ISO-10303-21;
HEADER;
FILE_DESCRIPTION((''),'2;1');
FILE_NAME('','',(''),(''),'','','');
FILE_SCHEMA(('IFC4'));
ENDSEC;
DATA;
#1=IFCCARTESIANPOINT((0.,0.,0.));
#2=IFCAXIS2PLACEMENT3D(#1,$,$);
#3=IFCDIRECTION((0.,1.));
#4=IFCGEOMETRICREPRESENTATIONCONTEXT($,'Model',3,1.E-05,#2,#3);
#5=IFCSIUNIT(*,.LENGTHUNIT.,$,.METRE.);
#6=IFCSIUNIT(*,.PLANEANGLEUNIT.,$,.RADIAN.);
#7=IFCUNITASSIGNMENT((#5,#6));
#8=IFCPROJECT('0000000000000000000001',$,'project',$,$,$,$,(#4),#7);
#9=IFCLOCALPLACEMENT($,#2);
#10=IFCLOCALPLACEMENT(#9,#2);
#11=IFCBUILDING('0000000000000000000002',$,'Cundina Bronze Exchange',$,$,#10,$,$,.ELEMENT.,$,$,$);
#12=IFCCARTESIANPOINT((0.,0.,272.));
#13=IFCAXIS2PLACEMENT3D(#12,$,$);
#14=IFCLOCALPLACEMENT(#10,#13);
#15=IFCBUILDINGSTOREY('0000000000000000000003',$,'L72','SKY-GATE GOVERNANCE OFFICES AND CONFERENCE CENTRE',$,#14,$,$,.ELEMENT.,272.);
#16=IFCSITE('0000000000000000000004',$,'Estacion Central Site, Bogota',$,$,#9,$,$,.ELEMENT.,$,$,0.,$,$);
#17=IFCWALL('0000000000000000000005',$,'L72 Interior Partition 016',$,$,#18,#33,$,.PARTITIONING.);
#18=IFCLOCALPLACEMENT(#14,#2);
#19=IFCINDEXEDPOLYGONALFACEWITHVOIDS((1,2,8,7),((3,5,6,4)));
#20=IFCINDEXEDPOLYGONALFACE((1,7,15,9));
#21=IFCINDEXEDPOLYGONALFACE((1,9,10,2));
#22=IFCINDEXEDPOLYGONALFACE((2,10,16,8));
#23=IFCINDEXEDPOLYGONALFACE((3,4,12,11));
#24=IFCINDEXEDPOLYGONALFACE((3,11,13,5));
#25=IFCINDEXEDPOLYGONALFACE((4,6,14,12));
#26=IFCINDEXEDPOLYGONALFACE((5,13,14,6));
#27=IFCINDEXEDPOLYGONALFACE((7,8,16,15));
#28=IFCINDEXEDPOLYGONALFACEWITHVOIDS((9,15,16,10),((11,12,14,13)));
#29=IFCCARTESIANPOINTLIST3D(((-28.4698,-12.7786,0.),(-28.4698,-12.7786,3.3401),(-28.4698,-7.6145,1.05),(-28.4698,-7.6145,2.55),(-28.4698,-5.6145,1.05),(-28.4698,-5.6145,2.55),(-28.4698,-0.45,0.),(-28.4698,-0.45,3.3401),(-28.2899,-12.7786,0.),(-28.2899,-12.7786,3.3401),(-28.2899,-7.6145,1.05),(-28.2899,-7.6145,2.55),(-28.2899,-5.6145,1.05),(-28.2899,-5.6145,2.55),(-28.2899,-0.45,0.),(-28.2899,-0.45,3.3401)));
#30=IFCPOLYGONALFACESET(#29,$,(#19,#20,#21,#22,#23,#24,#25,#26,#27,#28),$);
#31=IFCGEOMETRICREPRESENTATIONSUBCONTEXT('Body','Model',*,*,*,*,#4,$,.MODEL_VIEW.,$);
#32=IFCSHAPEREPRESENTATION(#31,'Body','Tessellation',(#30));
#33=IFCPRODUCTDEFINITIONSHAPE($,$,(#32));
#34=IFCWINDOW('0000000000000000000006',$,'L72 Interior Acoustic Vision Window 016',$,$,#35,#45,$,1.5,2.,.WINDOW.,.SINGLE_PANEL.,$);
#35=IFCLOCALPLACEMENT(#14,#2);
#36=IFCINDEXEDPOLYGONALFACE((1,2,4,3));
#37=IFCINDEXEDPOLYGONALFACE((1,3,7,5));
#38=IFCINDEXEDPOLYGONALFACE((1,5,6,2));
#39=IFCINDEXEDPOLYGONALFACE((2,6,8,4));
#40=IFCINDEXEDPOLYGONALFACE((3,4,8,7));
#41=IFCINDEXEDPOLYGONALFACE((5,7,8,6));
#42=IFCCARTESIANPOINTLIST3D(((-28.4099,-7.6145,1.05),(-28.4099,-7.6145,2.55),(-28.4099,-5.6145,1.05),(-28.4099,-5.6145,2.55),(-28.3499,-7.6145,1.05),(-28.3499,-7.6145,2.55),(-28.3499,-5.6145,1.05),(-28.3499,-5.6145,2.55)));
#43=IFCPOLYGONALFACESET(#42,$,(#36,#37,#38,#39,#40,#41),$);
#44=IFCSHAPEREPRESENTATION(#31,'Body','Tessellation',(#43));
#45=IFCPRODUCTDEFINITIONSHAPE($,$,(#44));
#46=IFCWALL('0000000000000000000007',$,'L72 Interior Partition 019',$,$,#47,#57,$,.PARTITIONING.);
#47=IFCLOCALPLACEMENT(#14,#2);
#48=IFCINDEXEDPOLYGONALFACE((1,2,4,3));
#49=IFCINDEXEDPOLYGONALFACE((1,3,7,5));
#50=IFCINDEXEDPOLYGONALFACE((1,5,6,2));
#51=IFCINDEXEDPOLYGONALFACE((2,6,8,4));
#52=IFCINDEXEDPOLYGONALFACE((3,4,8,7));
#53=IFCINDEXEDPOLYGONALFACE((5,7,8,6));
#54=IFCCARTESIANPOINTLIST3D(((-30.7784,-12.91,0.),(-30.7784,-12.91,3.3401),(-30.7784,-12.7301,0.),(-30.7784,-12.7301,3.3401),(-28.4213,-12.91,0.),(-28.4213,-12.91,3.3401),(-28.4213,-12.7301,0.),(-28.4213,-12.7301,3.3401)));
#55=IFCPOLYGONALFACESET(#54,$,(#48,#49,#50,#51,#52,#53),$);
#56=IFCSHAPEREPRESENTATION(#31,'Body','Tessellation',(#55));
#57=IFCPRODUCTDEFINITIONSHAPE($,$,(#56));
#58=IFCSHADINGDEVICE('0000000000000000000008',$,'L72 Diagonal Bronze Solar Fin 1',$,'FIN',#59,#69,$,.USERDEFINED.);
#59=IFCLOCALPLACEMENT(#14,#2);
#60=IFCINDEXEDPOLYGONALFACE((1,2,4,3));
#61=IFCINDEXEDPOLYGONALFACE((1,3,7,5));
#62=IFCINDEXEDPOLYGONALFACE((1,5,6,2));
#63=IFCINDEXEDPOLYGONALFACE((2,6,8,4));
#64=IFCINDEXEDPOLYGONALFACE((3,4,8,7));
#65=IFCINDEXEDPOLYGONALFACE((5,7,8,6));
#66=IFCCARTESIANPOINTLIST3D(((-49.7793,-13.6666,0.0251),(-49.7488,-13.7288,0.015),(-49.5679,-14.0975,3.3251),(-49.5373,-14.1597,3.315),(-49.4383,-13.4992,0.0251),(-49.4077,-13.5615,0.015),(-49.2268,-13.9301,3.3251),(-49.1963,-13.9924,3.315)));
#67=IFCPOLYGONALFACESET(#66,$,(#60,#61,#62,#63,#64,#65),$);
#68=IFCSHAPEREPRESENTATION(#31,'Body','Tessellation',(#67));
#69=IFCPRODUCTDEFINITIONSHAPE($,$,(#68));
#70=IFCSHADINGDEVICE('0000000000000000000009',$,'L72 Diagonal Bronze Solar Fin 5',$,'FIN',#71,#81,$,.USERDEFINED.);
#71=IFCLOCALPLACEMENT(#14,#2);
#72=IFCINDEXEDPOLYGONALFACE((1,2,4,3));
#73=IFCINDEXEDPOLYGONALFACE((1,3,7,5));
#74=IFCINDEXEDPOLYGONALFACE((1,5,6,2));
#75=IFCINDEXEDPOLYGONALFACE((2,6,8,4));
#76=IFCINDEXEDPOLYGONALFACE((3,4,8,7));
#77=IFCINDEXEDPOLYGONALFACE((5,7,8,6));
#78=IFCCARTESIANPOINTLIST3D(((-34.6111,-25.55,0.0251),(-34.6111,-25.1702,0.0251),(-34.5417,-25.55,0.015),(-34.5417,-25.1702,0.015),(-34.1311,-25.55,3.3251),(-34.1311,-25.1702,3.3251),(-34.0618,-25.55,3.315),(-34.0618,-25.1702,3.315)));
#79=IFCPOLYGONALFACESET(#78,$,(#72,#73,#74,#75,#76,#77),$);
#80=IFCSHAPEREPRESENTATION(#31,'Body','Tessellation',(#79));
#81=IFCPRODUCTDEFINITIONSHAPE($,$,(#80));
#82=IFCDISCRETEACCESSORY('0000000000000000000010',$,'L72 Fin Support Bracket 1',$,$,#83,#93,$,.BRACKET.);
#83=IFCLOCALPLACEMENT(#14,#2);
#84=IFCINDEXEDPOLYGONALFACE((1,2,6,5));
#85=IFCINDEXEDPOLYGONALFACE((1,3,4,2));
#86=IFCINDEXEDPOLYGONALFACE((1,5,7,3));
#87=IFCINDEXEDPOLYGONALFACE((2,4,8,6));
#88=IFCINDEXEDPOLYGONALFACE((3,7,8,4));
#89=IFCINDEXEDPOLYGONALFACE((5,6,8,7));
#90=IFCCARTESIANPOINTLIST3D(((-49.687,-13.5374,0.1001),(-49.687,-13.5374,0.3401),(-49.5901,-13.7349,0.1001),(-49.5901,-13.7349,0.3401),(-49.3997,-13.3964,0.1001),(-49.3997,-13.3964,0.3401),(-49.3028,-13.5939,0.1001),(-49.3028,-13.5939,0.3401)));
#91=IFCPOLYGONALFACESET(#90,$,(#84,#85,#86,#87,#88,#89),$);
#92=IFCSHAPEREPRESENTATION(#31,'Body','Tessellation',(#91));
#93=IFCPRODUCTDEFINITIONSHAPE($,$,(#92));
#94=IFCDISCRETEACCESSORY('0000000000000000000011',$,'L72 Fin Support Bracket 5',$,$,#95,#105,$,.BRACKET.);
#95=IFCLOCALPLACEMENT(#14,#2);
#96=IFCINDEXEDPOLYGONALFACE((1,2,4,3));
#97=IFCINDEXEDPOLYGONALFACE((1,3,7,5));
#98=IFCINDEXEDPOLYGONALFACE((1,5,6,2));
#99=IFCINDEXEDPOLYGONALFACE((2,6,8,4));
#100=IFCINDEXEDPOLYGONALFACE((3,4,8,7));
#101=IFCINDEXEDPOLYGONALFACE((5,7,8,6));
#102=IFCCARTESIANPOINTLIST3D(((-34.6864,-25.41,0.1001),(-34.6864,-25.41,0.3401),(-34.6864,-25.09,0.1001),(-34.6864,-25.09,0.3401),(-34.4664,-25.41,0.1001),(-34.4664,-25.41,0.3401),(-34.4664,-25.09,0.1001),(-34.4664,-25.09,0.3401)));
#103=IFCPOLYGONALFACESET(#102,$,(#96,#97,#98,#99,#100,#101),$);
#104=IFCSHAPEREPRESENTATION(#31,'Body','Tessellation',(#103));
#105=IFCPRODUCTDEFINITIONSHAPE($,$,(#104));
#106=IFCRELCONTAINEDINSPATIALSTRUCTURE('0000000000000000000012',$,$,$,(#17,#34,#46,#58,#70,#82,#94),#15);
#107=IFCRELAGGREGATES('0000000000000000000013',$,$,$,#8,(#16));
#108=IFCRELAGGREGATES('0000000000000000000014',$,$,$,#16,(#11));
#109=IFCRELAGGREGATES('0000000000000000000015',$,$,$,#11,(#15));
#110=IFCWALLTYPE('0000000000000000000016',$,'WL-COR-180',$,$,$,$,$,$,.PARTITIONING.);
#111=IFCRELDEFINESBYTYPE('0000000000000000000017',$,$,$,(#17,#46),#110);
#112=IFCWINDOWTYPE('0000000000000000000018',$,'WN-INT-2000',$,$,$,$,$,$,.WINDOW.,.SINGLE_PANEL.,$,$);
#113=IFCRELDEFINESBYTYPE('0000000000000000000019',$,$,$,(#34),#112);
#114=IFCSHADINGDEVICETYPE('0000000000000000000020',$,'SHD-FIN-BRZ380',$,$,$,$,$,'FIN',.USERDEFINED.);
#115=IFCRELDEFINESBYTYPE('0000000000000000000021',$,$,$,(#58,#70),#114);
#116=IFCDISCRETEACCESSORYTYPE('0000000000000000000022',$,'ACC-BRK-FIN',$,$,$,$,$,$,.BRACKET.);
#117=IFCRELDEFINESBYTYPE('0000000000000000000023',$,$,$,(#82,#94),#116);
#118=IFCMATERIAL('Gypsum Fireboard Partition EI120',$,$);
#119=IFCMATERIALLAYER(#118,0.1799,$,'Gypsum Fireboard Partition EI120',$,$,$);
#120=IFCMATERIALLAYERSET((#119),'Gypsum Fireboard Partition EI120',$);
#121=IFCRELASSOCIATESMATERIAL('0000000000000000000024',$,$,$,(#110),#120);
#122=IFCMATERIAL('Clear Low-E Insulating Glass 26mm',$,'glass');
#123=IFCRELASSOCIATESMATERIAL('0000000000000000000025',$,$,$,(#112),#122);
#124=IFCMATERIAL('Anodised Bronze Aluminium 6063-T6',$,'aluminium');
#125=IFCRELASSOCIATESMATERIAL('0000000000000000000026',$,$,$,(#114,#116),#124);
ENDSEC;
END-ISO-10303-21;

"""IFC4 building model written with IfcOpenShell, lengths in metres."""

from ifc_helpers import new_model, si_unit, direction, frame, frame_2d, origin, origin_2d, place, context, subcontext, project, spatial, rectangle, extrude, material, layer, layer_set, material_profile, profile_set, type_object, element, fill, save


model = new_model("IFC4")

# Units and contexts
model_context = context("Model", 3, precision=1e-05, world=origin(), true_north=direction((0.0, 1.0)))
body_context = subcontext(model_context, "Body", "Model", "MODEL_VIEW")
ifc_project = project(units=[si_unit("LENGTHUNIT", "METRE"), si_unit("PLANEANGLEUNIT", "RADIAN")], contexts=[model_context])

# Site, building, storey
site_placement = place(None, origin())
site = spatial("IfcSite", under=ifc_project, at=site_placement, Name="Estacion Central Site, Bogota", CompositionType="ELEMENT", RefElevation=0.0)
building_placement = place(site_placement, origin())
building = spatial("IfcBuilding", under=site, at=building_placement, Name="Cundina Bronze Exchange", CompositionType="ELEMENT")
storey_placement = place(building_placement, frame((0.0, 0.0, 272.0)))
storey = spatial("IfcBuildingStorey", under=building, at=storey_placement, Name="L72", Description="SKY-GATE GOVERNANCE OFFICES AND CONFERENCE CENTRE", CompositionType="ELEMENT", Elevation=272.0)

# Shared definitions
ifc_material_1 = material(Name="Anodised Bronze Aluminium 6063-T6", Category="aluminium")

# Wall, opening, window
ifc_material_2 = material(Name="Gypsum Fireboard Partition EI120")
ifc_layer_1 = layer(ifc_material_2, 0.1799, Name="Gypsum Fireboard Partition EI120")
ifc_layer_set_1 = layer_set([ifc_layer_1], Name="Gypsum Fireboard Partition EI120")
wall_type = type_object("IfcWallType", Name="WL-COR-180", PredefinedType="PARTITIONING", material=ifc_layer_set_1)
wall_1_placement = place(storey_placement, frame((-28.3799, -12.7786, 0.0), z_axis=(0.0, 0.0, 1.0), x_axis=(0.0, 1.0, 0.0)))
wall_1 = element("IfcWall", 1, at=wall_1_placement, inside=storey, type_object=wall_type, Name="L72 Interior Partition 016", PredefinedType="PARTITIONING", context=body_context, shape_type="SweptSolid", body=[
    extrude(rectangle(XDim=12.3286, YDim=0.1799, at=frame_2d((6.1643, 0.0))), origin(), (0.0, 0.0, 1.0), 3.3401),
])
opening_placement = place(wall_1_placement, frame((5.1641, 0.0, 1.05)))
opening = element("IfcOpeningElement", 2, at=opening_placement, cuts=wall_1, PredefinedType="OPENING", context=body_context, shape_type="SweptSolid", body=[
    extrude(rectangle(XDim=2.0, YDim=1.5, at=frame_2d((1.0, 0.75))), frame((0.0, 0.0999, 0.0), z_axis=(0.0, -1.0, 0.0), x_axis=(1.0, 0.0, 0.0)), (0.0, 0.0, 1.0), 0.2),
])
ifc_material_3 = material(Name="Clear Low-E Insulating Glass 26mm", Category="glass")
window_type = type_object("IfcWindowType", Name="WN-INT-2000", PartitioningType="SINGLE_PANEL", PredefinedType="WINDOW", material=ifc_material_3)
window_placement = place(opening_placement, origin())
window = element("IfcWindow", 3, at=window_placement, inside=storey, type_object=window_type, Name="L72 Interior Acoustic Vision Window 016", OverallHeight=1.5, OverallWidth=2.0, PartitioningType="SINGLE_PANEL", PredefinedType="WINDOW", context=body_context, shape_type="SweptSolid", body=[
    extrude(rectangle(XDim=2.0, YDim=1.5, at=frame_2d((1.0, 0.75))), frame((0.0, 0.03, 0.0), z_axis=(0.0, -1.0, 0.0), x_axis=(1.0, 0.0, 0.0)), (0.0, 0.0, 1.0), 0.0601),
])
fill(opening, window)

# Wall
wall_2_placement = place(storey_placement, frame((-30.7786, -12.8201, 0.0), z_axis=(0.0, 0.0, 1.0), x_axis=(1.0, 0.0, 0.0)))
element("IfcWall", 4, at=wall_2_placement, inside=storey, type_object=wall_type, Name="L72 Interior Partition 019", PredefinedType="PARTITIONING", context=body_context, shape_type="SweptSolid", body=[
    extrude(rectangle(XDim=2.3572, YDim=0.1799, at=frame_2d((1.1787, 0.0))), origin(), (0.0, 0.0, 1.0), 3.3401),
])

# Shading devices
ifc_material_profile_1 = material_profile(ifc_material_1, rectangle(XDim=0.0701, YDim=0.3799, at=origin_2d()), Name="FIN70X380", Category="aluminium")
ifc_profile_set_1 = profile_set([ifc_material_profile_1], Name="Anodised Bronze Aluminium 6063-T6")
shading_device_type = type_object("IfcShadingDeviceType", Name="SHD-FIN-BRZ380", ElementType="FIN", PredefinedType="USERDEFINED", material=ifc_profile_set_1)
for number, where, z_axis, x_axis, name in (
    (5, (-49.5935, -13.614, 0.02), (0.0634, -0.129217, 0.989588), (-0.4359, 0.888411, 0.143932), "L72 Diagonal Bronze Solar Fin 1"),
    (6, (-34.5764, -25.3601, 0.02), (0.143932, 0.0, 0.989588), (-0.989588, 0.0, 0.143932), "L72 Diagonal Bronze Solar Fin 5"),
):
    element("IfcShadingDevice", number, at=place(storey_placement, frame(where, z_axis=z_axis, x_axis=x_axis)), inside=storey, type_object=shading_device_type, Name=name, ObjectType="FIN", PredefinedType="USERDEFINED", context=body_context, shape_type="SweptSolid", body=[
        extrude(rectangle(XDim=0.0701, YDim=0.3799, at=origin_2d()), origin(), (0.0, 0.0, 1.0), 3.3347),
    ])

# Discrete accessories
discrete_accessory_type = type_object("IfcDiscreteAccessoryType", Name="ACC-BRK-FIN", PredefinedType="BRACKET", material=ifc_material_1)
for number, where, z_axis, x_axis, name in (
    (7, (-49.4949, -13.5657, 0.1001), (0.0, 0.0, 1.0), (0.440503, -0.897751, 0.0), "L72 Fin Support Bracket 1"),
    (8, (-34.5764, -25.25, 0.1001), (0.0, 0.0, 1.0), (1.0, 0.0, 0.0), "L72 Fin Support Bracket 5"),
):
    element("IfcDiscreteAccessory", number, at=place(storey_placement, frame(where, z_axis=z_axis, x_axis=x_axis)), inside=storey, type_object=discrete_accessory_type, Name=name, PredefinedType="BRACKET", context=body_context, shape_type="SweptSolid", body=[
        extrude(rectangle(XDim=0.22, YDim=0.3201, at=origin_2d()), origin(), (0.0, 0.0, 1.0), 0.24),
    ])

save(model, "model.ifc")
